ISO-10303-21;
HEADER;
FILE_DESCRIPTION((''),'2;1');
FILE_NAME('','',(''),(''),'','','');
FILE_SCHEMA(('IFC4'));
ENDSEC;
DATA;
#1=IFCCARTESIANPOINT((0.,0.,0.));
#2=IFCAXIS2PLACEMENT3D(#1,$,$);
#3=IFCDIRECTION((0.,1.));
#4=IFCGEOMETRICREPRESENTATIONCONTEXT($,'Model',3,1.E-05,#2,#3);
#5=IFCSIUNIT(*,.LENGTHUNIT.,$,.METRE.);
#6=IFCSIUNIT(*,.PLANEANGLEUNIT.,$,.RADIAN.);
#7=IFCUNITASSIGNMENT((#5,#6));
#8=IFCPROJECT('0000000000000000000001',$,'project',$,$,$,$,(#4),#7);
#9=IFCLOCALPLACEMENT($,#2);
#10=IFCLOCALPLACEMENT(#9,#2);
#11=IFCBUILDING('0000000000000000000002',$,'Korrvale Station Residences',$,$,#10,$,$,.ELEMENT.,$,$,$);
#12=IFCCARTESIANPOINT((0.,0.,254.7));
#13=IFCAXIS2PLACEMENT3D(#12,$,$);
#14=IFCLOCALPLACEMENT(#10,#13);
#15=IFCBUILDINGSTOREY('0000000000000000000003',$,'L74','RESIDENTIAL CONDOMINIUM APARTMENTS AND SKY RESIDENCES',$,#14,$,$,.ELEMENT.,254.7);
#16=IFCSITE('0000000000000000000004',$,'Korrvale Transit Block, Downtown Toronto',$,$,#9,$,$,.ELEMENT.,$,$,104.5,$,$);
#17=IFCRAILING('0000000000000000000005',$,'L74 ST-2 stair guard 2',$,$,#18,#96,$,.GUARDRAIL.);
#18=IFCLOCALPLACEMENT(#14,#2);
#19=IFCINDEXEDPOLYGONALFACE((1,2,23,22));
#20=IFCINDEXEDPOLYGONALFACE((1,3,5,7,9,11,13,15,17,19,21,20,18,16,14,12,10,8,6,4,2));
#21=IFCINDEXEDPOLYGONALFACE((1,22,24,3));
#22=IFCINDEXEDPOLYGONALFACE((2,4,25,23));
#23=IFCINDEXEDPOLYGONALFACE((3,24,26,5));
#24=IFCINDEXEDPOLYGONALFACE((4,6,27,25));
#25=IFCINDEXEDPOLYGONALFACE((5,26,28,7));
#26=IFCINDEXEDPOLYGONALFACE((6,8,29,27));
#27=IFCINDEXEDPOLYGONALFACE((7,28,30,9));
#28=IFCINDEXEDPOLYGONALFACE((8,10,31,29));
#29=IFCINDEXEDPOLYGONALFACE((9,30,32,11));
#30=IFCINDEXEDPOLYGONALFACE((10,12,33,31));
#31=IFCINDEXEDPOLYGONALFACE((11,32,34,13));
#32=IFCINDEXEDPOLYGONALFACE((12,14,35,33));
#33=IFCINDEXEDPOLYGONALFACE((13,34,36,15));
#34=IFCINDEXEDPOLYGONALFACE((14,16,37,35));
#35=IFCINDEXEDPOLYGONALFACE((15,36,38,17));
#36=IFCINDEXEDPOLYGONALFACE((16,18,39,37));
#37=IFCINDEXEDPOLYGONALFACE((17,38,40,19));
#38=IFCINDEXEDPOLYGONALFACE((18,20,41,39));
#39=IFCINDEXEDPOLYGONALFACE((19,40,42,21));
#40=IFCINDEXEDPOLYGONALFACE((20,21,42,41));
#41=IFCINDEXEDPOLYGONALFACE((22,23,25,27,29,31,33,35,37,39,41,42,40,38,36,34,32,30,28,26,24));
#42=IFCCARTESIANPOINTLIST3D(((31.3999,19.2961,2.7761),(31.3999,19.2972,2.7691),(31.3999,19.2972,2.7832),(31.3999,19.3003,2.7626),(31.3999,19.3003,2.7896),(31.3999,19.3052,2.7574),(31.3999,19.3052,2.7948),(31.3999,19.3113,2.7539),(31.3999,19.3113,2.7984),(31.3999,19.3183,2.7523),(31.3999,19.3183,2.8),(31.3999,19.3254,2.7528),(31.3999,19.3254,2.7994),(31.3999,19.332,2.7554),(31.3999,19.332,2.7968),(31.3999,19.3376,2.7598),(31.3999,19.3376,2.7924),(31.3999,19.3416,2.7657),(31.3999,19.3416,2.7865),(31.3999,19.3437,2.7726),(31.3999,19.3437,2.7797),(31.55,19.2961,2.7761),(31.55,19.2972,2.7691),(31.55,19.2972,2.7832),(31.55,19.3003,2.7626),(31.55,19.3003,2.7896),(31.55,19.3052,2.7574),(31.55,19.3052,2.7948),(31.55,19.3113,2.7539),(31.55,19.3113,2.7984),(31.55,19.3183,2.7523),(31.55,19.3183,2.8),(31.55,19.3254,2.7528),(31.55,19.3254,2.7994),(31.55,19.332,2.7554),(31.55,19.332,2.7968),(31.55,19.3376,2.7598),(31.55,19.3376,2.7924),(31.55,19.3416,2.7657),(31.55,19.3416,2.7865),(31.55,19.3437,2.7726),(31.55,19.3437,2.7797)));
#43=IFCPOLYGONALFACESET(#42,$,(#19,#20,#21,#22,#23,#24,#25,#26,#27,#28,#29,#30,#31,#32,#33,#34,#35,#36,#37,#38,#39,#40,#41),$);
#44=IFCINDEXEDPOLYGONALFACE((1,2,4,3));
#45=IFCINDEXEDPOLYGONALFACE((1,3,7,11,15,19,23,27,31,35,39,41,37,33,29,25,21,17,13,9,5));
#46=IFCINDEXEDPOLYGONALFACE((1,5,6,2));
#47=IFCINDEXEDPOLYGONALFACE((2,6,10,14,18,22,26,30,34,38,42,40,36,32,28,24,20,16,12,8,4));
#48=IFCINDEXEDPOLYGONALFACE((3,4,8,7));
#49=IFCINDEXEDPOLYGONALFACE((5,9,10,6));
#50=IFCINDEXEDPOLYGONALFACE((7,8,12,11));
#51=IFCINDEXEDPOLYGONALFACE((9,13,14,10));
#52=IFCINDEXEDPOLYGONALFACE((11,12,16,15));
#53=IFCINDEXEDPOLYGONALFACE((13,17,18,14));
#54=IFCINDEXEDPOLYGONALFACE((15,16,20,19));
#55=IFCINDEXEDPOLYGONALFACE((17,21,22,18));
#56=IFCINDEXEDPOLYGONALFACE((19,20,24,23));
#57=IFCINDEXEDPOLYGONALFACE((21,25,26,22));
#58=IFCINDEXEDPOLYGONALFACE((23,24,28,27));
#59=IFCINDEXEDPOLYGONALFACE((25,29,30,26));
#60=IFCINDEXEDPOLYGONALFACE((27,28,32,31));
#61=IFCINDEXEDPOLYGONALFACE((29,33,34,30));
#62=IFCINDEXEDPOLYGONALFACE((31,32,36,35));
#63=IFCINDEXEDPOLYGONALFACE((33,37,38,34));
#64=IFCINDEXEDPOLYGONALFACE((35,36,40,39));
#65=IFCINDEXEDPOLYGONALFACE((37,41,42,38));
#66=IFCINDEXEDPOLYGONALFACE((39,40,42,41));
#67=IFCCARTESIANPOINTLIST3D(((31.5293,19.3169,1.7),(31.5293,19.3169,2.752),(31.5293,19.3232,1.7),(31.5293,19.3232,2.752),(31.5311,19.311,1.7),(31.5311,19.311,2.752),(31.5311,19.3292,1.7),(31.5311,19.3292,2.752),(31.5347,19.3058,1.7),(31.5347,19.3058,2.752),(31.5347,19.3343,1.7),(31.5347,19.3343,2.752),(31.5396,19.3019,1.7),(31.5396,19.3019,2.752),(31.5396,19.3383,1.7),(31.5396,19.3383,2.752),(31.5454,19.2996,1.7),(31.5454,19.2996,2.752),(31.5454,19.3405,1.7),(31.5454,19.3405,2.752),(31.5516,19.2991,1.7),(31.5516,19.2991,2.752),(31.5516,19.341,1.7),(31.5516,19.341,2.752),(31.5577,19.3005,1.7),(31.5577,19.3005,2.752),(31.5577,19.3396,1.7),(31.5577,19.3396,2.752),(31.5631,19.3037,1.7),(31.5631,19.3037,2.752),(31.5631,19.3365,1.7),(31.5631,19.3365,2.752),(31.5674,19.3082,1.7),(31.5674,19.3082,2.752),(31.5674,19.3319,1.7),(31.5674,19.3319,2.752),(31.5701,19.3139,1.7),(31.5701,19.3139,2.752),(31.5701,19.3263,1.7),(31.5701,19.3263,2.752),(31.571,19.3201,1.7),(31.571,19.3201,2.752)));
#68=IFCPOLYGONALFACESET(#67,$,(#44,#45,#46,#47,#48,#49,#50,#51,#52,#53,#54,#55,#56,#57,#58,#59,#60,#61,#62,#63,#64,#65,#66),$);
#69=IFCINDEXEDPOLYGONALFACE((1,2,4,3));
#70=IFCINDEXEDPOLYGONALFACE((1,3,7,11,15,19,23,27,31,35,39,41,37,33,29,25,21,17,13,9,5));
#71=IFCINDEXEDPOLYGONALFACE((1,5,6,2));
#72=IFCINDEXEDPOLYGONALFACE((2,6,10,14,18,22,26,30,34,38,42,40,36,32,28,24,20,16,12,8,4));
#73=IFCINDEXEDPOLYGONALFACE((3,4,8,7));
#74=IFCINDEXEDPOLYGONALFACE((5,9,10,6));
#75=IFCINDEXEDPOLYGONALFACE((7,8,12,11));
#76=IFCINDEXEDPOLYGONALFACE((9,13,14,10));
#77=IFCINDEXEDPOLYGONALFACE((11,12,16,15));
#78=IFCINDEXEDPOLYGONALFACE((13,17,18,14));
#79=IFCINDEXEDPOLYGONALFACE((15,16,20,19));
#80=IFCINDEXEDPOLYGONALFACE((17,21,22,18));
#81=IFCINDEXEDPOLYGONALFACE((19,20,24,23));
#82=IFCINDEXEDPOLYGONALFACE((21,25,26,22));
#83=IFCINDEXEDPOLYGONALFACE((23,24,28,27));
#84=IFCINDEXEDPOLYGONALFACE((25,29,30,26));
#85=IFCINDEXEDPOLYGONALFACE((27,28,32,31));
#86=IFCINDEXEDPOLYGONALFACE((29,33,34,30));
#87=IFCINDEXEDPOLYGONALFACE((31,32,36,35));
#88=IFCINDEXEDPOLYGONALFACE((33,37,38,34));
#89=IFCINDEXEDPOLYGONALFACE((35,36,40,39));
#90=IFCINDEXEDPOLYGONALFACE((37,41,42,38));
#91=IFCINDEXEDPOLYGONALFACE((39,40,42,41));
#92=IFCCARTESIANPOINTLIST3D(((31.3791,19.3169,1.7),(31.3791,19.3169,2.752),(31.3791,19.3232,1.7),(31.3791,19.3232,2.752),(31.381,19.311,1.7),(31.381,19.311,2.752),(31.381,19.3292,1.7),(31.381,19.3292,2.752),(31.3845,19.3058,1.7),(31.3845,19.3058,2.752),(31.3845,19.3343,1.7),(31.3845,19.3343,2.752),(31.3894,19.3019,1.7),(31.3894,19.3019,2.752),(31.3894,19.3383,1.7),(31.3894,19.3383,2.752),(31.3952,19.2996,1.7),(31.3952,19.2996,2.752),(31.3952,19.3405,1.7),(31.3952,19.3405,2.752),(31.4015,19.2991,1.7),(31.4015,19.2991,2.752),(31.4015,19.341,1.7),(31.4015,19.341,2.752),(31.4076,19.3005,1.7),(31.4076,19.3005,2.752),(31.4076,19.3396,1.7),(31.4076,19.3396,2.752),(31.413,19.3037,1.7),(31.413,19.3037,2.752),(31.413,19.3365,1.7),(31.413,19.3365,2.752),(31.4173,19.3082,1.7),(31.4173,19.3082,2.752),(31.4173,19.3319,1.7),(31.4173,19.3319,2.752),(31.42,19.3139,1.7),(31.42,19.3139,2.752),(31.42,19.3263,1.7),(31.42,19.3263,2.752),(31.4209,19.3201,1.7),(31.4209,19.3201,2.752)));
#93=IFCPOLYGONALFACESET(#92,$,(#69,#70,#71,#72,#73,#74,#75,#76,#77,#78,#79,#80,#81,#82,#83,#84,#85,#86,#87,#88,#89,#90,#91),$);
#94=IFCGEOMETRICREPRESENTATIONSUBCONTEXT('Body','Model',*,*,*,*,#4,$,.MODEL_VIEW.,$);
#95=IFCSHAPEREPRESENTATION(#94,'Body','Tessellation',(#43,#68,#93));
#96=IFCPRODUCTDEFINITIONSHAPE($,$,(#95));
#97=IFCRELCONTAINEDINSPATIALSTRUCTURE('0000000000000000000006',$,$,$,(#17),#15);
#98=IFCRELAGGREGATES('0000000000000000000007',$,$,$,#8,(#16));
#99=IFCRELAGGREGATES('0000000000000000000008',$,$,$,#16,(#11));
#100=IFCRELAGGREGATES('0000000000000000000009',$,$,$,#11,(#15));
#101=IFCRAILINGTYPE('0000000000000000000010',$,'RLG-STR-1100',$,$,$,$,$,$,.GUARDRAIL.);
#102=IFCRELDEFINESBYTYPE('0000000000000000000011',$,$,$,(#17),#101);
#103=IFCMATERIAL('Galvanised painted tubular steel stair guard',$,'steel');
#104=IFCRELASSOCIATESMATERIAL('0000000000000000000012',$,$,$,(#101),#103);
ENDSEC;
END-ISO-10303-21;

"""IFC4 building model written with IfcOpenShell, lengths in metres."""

from ifc_helpers import new_model, si_unit, direction, frame, origin, origin_2d, place, context, subcontext, project, spatial, circle, extrude, material, type_object, element, save


model = new_model("IFC4")

# Units and contexts
model_context = context("Model", 3, precision=1e-05, world=origin(), true_north=direction((0.0, 1.0)))
body_context = subcontext(model_context, "Body", "Model", "MODEL_VIEW")
ifc_project = project(units=[si_unit("LENGTHUNIT", "METRE"), si_unit("PLANEANGLEUNIT", "RADIAN")], contexts=[model_context])

# Site, building, storey
site_placement = place(None, origin())
site = spatial("IfcSite", under=ifc_project, at=site_placement, Name="Korrvale Transit Block, Downtown Toronto", CompositionType="ELEMENT", RefElevation=104.5)
building_placement = place(site_placement, origin())
building = spatial("IfcBuilding", under=site, at=building_placement, Name="Korrvale Station Residences", CompositionType="ELEMENT")
storey_placement = place(building_placement, frame((0.0, 0.0, 254.7)))
storey = spatial("IfcBuildingStorey", under=building, at=storey_placement, Name="L74", Description="RESIDENTIAL CONDOMINIUM APARTMENTS AND SKY RESIDENCES", CompositionType="ELEMENT", Elevation=254.7)

# Railing
ifc_material_1 = material(Name="Galvanised painted tubular steel stair guard", Category="steel")
railing_type_1 = type_object("IfcRailingType", Name="RLG-STR-1100", PredefinedType="GUARDRAIL", material=ifc_material_1)
railing_1_placement = place(storey_placement, frame((31.55, 19.3201, 1.7)))
element("IfcRailing", 1, at=railing_1_placement, inside=storey, type_object=railing_type_1, Name="L74 ST-2 stair guard 2", PredefinedType="GUARDRAIL", context=body_context, shape_type="SweptSolid", body=[
    extrude(circle(Radius=0.0239, at=origin_2d()), frame((0.0, 0.0, 1.0762), z_axis=(-1.0, 0.0, 0.0), x_axis=(0.0, -1.0, 0.0)), (0.0, 0.0, 1.0), 0.1501),
    extrude(circle(Radius=0.021, at=origin_2d()), origin(), (0.0, 0.0, 1.0), 1.052),
    extrude(circle(Radius=0.021, at=origin_2d()), frame((-0.1501, 0.0, 0.0)), (0.0, 0.0, 1.0), 1.052),
])

save(model, "model.ifc")
